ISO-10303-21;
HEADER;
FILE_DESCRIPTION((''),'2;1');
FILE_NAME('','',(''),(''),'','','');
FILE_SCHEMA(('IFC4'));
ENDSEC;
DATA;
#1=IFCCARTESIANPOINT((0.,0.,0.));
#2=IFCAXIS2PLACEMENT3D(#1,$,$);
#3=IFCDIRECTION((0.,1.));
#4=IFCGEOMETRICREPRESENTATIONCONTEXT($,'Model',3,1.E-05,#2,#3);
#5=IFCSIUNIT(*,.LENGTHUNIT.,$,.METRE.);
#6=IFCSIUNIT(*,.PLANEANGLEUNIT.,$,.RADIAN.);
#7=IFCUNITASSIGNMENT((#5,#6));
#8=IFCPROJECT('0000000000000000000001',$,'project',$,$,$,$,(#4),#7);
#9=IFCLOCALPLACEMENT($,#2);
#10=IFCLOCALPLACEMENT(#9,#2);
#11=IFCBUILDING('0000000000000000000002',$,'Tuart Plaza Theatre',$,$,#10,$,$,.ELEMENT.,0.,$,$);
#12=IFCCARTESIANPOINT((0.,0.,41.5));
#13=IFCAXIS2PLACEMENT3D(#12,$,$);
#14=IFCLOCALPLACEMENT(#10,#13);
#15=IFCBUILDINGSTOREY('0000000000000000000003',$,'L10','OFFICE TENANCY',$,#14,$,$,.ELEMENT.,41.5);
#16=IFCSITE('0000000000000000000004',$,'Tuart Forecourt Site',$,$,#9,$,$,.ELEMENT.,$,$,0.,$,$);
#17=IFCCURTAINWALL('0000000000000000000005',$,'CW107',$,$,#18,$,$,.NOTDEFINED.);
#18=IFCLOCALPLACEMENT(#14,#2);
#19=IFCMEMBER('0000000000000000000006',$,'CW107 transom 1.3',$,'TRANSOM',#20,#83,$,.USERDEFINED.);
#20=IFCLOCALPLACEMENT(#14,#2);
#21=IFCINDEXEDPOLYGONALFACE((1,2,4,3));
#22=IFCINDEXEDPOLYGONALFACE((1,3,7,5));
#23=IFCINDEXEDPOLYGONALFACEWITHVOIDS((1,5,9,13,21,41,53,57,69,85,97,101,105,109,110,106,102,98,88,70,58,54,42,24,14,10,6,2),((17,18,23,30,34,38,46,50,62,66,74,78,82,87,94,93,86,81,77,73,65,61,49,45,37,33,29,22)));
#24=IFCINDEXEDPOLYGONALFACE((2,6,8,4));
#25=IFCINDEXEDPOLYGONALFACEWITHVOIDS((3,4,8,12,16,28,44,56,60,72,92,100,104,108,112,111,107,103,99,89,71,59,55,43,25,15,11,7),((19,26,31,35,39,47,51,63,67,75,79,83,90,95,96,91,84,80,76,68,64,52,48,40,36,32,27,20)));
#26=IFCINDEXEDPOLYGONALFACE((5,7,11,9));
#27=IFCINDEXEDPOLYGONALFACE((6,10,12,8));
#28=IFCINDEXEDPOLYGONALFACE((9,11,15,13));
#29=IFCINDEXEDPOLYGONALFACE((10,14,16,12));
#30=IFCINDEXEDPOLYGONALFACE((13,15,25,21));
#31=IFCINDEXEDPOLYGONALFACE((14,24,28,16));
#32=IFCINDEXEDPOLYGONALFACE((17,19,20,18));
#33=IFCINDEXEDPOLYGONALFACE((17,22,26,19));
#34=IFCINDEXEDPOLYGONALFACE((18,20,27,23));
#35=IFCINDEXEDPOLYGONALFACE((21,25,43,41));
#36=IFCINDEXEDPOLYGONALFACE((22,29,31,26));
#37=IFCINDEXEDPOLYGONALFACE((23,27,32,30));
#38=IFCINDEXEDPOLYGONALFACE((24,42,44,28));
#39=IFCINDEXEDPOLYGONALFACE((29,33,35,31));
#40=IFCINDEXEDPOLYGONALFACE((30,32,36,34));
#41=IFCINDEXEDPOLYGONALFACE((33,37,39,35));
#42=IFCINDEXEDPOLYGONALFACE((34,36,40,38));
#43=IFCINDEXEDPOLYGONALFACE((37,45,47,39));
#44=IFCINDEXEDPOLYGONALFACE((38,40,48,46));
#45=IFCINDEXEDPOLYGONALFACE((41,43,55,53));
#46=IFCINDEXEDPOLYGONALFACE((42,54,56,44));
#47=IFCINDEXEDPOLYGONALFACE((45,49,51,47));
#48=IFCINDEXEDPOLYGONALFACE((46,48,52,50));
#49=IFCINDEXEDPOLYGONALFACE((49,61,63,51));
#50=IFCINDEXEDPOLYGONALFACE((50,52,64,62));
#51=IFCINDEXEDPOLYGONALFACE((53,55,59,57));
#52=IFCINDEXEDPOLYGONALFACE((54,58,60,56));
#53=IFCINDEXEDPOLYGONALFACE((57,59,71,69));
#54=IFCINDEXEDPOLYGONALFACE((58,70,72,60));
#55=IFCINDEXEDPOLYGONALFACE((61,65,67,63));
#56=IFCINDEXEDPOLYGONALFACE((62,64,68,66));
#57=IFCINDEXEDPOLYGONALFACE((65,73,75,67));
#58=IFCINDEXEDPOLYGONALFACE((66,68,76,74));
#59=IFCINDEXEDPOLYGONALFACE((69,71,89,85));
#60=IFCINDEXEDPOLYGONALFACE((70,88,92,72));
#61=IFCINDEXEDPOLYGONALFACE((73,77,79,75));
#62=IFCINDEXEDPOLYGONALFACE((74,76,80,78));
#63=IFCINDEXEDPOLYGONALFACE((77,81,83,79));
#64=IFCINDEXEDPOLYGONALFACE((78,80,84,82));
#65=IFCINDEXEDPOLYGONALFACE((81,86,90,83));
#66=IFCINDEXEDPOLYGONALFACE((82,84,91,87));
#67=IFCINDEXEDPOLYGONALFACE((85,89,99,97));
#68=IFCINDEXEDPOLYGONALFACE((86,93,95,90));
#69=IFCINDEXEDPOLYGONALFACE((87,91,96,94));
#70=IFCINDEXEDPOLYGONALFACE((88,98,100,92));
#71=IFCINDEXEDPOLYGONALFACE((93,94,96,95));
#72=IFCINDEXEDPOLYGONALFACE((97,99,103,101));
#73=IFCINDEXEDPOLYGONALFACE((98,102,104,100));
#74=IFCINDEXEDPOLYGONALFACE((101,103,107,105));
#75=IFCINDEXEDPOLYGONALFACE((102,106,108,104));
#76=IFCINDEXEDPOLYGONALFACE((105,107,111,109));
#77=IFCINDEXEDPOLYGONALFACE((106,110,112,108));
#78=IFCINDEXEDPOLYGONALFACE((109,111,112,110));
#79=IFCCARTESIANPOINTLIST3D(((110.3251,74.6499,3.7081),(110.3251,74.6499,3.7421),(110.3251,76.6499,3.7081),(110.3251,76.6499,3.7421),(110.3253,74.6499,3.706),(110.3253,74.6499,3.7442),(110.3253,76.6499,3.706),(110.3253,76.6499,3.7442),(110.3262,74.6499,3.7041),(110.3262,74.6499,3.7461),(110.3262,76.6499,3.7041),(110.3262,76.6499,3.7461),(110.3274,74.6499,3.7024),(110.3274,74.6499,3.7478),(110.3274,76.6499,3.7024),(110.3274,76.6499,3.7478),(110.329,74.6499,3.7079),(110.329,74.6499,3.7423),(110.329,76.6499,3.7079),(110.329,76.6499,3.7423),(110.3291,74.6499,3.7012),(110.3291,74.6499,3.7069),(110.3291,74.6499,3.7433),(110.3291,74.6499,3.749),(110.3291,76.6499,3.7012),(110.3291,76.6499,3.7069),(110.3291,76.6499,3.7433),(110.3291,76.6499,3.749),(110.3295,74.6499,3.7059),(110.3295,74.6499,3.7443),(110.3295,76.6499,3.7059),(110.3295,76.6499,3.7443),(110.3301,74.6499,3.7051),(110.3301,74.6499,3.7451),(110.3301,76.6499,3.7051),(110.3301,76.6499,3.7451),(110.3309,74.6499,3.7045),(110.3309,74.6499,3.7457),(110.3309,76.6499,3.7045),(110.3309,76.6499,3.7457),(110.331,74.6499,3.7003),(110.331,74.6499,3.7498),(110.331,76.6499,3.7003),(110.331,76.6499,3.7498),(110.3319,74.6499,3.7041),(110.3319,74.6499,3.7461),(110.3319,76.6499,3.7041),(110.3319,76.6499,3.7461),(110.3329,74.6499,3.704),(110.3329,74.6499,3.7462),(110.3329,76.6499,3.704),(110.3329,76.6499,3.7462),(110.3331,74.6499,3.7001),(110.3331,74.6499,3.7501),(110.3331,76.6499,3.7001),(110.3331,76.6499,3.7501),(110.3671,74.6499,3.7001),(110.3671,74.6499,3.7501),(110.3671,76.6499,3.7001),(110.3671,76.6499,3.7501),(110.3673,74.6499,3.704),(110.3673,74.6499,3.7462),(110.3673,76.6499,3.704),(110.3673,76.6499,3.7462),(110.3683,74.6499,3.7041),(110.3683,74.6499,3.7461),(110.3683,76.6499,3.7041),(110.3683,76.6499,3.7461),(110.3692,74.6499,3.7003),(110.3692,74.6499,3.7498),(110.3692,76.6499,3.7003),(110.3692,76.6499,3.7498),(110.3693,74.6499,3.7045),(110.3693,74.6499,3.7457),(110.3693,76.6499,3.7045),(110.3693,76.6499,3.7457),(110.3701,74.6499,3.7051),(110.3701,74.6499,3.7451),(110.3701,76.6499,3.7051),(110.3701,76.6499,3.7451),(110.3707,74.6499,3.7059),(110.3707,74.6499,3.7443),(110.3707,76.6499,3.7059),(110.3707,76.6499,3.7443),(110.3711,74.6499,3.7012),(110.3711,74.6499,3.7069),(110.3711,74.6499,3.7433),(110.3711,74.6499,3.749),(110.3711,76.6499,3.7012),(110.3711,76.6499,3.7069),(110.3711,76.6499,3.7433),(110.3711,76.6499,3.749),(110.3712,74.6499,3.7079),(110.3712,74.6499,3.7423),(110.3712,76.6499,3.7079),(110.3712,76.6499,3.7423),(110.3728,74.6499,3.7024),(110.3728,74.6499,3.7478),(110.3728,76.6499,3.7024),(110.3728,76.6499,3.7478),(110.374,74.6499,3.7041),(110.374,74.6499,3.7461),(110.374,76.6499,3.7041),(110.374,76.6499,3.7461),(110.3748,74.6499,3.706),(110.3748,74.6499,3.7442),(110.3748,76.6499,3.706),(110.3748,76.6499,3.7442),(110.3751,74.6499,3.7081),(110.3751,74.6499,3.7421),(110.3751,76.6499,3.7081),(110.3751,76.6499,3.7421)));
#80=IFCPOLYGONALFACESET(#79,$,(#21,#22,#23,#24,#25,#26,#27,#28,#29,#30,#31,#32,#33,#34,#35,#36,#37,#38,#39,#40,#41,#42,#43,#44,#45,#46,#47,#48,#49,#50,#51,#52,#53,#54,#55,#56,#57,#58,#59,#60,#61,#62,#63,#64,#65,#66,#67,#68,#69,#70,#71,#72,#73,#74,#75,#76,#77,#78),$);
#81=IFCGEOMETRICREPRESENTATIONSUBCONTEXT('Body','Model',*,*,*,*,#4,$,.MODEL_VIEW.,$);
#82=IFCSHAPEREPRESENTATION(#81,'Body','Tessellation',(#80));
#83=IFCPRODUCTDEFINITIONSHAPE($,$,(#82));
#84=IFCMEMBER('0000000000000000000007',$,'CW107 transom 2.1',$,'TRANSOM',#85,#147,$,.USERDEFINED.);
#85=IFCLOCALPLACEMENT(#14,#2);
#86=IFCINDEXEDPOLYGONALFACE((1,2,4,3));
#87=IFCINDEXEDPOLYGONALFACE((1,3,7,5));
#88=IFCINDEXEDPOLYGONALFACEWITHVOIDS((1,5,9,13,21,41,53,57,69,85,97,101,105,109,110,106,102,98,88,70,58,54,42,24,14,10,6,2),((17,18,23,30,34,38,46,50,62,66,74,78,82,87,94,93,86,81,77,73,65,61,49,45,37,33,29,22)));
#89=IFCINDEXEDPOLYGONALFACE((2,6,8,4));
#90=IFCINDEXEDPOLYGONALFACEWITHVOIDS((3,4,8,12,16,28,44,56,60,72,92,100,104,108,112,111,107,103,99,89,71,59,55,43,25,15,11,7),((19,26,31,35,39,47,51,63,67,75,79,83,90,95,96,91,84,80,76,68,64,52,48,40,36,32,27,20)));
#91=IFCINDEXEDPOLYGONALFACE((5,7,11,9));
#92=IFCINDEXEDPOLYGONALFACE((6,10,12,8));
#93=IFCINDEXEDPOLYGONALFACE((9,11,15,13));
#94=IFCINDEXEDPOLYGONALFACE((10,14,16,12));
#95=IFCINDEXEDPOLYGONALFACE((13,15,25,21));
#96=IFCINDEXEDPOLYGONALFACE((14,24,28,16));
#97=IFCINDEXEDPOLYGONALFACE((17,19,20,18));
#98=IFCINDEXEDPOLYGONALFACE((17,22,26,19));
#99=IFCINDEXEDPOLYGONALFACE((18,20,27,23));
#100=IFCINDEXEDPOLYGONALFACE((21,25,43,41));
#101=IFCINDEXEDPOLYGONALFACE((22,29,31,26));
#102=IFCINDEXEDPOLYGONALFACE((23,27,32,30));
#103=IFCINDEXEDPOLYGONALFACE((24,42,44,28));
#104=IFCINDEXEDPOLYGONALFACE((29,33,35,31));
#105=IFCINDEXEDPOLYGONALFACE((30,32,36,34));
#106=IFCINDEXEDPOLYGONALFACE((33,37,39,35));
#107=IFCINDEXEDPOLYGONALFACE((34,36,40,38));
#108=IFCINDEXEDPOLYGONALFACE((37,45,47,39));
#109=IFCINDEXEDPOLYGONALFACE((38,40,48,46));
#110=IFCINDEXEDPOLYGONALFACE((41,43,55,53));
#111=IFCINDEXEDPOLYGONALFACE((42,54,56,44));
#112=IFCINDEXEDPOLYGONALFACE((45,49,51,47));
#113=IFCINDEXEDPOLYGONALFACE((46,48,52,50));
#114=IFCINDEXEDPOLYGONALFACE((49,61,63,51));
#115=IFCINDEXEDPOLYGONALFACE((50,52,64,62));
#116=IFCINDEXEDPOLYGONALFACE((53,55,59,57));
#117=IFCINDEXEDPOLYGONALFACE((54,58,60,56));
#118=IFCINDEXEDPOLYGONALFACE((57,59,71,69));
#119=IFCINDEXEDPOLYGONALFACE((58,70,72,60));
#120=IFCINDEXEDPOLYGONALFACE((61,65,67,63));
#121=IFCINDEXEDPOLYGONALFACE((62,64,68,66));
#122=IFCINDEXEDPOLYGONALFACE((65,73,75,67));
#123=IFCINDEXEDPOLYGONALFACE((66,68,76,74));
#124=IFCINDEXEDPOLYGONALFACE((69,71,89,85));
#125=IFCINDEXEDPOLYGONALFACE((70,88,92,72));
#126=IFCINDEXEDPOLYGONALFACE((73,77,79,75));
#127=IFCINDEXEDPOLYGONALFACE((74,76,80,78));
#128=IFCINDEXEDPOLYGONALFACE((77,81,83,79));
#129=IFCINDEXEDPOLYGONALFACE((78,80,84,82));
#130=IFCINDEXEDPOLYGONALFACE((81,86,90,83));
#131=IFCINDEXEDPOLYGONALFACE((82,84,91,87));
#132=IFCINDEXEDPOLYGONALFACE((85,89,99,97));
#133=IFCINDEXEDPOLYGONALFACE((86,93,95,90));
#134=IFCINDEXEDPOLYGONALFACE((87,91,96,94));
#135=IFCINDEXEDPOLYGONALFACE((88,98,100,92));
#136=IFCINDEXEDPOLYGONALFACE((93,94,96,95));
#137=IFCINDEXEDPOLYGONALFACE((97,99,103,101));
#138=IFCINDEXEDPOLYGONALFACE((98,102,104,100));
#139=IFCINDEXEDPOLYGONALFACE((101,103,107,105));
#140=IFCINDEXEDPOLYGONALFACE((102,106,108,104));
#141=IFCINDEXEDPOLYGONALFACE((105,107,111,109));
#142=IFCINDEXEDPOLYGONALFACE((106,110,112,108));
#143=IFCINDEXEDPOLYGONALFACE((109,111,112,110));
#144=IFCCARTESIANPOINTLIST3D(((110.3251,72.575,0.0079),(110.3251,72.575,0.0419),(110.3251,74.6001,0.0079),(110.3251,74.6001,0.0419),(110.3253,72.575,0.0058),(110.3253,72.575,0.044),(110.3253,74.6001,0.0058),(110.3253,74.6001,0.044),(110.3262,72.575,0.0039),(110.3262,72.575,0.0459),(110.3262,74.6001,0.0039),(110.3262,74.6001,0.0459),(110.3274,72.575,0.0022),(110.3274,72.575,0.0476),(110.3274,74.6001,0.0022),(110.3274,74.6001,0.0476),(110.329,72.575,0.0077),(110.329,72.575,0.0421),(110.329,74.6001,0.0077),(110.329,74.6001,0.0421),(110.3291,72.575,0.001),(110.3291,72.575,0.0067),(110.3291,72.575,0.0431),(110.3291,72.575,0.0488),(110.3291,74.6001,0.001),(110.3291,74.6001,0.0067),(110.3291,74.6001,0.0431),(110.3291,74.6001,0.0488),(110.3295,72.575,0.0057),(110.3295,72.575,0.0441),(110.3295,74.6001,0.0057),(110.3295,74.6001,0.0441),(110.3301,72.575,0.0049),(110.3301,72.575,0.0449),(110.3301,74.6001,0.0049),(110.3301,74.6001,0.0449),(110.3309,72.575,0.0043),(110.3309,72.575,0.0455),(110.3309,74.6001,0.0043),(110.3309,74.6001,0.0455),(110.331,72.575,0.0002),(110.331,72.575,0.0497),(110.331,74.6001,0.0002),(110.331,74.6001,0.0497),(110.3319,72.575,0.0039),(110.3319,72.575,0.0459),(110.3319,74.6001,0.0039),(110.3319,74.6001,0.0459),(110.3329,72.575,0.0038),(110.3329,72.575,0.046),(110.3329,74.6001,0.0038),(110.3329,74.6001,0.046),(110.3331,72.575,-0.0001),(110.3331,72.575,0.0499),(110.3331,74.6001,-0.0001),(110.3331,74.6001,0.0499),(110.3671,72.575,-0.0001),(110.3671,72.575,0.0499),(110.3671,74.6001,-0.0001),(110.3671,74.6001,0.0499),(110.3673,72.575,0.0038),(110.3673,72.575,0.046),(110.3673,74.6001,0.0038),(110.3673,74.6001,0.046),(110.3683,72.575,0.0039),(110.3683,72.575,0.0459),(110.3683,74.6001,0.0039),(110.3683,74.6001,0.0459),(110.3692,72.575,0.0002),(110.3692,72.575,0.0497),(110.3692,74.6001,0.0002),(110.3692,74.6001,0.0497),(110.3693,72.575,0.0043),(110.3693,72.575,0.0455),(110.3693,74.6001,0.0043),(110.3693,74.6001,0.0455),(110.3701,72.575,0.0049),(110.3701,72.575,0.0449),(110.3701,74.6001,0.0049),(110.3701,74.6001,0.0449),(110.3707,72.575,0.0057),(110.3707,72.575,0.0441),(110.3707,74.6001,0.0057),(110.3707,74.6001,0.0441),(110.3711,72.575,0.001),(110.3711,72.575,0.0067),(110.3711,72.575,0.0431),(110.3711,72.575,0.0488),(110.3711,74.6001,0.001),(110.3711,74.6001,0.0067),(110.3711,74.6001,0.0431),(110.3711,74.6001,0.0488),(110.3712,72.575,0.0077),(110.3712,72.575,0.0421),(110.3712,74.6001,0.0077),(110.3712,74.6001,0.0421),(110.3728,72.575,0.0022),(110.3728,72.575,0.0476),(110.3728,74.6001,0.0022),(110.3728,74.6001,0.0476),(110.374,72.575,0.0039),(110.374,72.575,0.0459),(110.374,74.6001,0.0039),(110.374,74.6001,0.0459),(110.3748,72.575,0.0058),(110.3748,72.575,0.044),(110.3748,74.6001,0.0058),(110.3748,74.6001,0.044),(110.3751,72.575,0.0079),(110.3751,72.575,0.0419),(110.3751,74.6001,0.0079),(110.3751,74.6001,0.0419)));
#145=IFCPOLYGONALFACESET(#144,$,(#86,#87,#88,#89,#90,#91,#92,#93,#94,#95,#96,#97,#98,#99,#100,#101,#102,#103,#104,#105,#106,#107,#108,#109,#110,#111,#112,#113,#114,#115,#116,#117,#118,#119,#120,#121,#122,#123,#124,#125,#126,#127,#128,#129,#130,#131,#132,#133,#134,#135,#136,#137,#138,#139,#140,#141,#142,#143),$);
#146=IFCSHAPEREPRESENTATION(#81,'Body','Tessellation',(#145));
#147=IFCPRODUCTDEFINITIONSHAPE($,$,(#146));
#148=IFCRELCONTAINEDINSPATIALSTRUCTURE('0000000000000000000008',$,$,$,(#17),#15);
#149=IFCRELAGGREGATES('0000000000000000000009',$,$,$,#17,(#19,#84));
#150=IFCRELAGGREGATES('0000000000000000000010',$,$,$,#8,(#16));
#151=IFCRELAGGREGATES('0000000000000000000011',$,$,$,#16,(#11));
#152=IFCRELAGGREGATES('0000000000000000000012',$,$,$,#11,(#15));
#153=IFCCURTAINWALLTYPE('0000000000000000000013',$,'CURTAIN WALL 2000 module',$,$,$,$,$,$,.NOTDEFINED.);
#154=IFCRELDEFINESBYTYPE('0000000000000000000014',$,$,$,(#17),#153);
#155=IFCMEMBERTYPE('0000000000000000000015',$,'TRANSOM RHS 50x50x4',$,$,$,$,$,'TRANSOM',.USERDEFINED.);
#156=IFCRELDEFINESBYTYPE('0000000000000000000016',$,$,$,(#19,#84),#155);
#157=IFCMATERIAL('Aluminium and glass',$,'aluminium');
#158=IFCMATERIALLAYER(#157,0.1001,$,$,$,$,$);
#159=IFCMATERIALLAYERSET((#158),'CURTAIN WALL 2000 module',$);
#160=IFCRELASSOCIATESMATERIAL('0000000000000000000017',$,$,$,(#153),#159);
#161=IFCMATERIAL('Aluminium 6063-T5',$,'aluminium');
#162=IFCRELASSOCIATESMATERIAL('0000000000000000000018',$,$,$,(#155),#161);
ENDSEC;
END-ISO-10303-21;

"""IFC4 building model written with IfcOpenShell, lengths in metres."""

from ifc_helpers import new_model, si_unit, direction, frame, origin, origin_2d, place, context, subcontext, project, spatial, hollow_rectangle, extrude, material, layer, layer_set, material_profile, profile_set, type_object, element, aggregate, save


model = new_model("IFC4")

# Units and contexts
model_context = context("Model", 3, precision=1e-05, world=origin(), true_north=direction((0.0, 1.0)))
body_context = subcontext(model_context, "Body", "Model", "MODEL_VIEW")
ifc_project = project(units=[si_unit("LENGTHUNIT", "METRE"), si_unit("PLANEANGLEUNIT", "RADIAN")], contexts=[model_context])

# Site, building, storey
site_placement = place(None, origin())
site = spatial("IfcSite", under=ifc_project, at=site_placement, Name="Tuart Forecourt Site", CompositionType="ELEMENT", RefElevation=0.0)
building_placement = place(site_placement, origin())
building = spatial("IfcBuilding", under=site, at=building_placement, Name="Tuart Plaza Theatre", CompositionType="ELEMENT", ElevationOfRefHeight=0.0)
storey_placement = place(building_placement, frame((0.0, 0.0, 41.5)))
storey = spatial("IfcBuildingStorey", under=building, at=storey_placement, Name="L10", Description="OFFICE TENANCY", CompositionType="ELEMENT", Elevation=41.5)

# Curtain wall
ifc_material_1 = material(Name="Aluminium and glass", Category="aluminium")
ifc_layer_1 = layer(ifc_material_1, 0.1001)
ifc_layer_set_1 = layer_set([ifc_layer_1], Name="CURTAIN WALL 2000 module")
curtain_wall_type = type_object("IfcCurtainWallType", Name="CURTAIN WALL 2000 module", PredefinedType="NOTDEFINED", material=ifc_layer_set_1)
curtain_wall_1_placement = place(storey_placement, origin())
curtain_wall_1 = element("IfcCurtainWall", 1, at=curtain_wall_1_placement, inside=storey, type_object=curtain_wall_type, Name="CW107", PredefinedType="NOTDEFINED")
ifc_material_2 = material(Name="Aluminium 6063-T5", Category="aluminium")
ifc_material_profile_1 = material_profile(ifc_material_2, hollow_rectangle(XDim=0.05, YDim=0.05, WallThickness=0.0039, InnerFilletRadius=0.0039, OuterFilletRadius=0.0081, at=origin_2d()), Name="RHS 50x50x4")
ifc_profile_set_1 = profile_set([ifc_material_profile_1], Name="Aluminium 6063-T5")
member_type_1 = type_object("IfcMemberType", Name="TRANSOM RHS 50x50x4", ElementType="TRANSOM", PredefinedType="USERDEFINED", material=ifc_profile_set_1)

# Members
member_1_placement = place(storey_placement, frame((110.3501, 76.6499, 3.7251), z_axis=(0.0, -1.0, 0.0), x_axis=(1.0, 0.0, 0.0)))
member_1 = element("IfcMember", 2, at=member_1_placement, type_object=member_type_1, Name="CW107 transom 1.3", ObjectType="TRANSOM", PredefinedType="USERDEFINED", context=body_context, shape_type="SweptSolid", body=[
    extrude(hollow_rectangle(XDim=0.05, YDim=0.05, WallThickness=0.0039, InnerFilletRadius=0.0039, OuterFilletRadius=0.0081, at=origin_2d()), origin(), (0.0, 0.0, 1.0), 2.0),
])
member_2_placement = place(storey_placement, frame((110.3501, 74.6001, 0.0249), z_axis=(0.0, -1.0, 0.0), x_axis=(1.0, 0.0, 0.0)))
member_2 = element("IfcMember", 3, at=member_2_placement, type_object=member_type_1, Name="CW107 transom 2.1", ObjectType="TRANSOM", PredefinedType="USERDEFINED", context=body_context, shape_type="SweptSolid", body=[
    extrude(hollow_rectangle(XDim=0.05, YDim=0.05, WallThickness=0.0039, InnerFilletRadius=0.0039, OuterFilletRadius=0.0081, at=origin_2d()), origin(), (0.0, 0.0, 1.0), 2.0251),
])

aggregate(curtain_wall_1, [member_1, member_2])

save(model, "model.ifc")
